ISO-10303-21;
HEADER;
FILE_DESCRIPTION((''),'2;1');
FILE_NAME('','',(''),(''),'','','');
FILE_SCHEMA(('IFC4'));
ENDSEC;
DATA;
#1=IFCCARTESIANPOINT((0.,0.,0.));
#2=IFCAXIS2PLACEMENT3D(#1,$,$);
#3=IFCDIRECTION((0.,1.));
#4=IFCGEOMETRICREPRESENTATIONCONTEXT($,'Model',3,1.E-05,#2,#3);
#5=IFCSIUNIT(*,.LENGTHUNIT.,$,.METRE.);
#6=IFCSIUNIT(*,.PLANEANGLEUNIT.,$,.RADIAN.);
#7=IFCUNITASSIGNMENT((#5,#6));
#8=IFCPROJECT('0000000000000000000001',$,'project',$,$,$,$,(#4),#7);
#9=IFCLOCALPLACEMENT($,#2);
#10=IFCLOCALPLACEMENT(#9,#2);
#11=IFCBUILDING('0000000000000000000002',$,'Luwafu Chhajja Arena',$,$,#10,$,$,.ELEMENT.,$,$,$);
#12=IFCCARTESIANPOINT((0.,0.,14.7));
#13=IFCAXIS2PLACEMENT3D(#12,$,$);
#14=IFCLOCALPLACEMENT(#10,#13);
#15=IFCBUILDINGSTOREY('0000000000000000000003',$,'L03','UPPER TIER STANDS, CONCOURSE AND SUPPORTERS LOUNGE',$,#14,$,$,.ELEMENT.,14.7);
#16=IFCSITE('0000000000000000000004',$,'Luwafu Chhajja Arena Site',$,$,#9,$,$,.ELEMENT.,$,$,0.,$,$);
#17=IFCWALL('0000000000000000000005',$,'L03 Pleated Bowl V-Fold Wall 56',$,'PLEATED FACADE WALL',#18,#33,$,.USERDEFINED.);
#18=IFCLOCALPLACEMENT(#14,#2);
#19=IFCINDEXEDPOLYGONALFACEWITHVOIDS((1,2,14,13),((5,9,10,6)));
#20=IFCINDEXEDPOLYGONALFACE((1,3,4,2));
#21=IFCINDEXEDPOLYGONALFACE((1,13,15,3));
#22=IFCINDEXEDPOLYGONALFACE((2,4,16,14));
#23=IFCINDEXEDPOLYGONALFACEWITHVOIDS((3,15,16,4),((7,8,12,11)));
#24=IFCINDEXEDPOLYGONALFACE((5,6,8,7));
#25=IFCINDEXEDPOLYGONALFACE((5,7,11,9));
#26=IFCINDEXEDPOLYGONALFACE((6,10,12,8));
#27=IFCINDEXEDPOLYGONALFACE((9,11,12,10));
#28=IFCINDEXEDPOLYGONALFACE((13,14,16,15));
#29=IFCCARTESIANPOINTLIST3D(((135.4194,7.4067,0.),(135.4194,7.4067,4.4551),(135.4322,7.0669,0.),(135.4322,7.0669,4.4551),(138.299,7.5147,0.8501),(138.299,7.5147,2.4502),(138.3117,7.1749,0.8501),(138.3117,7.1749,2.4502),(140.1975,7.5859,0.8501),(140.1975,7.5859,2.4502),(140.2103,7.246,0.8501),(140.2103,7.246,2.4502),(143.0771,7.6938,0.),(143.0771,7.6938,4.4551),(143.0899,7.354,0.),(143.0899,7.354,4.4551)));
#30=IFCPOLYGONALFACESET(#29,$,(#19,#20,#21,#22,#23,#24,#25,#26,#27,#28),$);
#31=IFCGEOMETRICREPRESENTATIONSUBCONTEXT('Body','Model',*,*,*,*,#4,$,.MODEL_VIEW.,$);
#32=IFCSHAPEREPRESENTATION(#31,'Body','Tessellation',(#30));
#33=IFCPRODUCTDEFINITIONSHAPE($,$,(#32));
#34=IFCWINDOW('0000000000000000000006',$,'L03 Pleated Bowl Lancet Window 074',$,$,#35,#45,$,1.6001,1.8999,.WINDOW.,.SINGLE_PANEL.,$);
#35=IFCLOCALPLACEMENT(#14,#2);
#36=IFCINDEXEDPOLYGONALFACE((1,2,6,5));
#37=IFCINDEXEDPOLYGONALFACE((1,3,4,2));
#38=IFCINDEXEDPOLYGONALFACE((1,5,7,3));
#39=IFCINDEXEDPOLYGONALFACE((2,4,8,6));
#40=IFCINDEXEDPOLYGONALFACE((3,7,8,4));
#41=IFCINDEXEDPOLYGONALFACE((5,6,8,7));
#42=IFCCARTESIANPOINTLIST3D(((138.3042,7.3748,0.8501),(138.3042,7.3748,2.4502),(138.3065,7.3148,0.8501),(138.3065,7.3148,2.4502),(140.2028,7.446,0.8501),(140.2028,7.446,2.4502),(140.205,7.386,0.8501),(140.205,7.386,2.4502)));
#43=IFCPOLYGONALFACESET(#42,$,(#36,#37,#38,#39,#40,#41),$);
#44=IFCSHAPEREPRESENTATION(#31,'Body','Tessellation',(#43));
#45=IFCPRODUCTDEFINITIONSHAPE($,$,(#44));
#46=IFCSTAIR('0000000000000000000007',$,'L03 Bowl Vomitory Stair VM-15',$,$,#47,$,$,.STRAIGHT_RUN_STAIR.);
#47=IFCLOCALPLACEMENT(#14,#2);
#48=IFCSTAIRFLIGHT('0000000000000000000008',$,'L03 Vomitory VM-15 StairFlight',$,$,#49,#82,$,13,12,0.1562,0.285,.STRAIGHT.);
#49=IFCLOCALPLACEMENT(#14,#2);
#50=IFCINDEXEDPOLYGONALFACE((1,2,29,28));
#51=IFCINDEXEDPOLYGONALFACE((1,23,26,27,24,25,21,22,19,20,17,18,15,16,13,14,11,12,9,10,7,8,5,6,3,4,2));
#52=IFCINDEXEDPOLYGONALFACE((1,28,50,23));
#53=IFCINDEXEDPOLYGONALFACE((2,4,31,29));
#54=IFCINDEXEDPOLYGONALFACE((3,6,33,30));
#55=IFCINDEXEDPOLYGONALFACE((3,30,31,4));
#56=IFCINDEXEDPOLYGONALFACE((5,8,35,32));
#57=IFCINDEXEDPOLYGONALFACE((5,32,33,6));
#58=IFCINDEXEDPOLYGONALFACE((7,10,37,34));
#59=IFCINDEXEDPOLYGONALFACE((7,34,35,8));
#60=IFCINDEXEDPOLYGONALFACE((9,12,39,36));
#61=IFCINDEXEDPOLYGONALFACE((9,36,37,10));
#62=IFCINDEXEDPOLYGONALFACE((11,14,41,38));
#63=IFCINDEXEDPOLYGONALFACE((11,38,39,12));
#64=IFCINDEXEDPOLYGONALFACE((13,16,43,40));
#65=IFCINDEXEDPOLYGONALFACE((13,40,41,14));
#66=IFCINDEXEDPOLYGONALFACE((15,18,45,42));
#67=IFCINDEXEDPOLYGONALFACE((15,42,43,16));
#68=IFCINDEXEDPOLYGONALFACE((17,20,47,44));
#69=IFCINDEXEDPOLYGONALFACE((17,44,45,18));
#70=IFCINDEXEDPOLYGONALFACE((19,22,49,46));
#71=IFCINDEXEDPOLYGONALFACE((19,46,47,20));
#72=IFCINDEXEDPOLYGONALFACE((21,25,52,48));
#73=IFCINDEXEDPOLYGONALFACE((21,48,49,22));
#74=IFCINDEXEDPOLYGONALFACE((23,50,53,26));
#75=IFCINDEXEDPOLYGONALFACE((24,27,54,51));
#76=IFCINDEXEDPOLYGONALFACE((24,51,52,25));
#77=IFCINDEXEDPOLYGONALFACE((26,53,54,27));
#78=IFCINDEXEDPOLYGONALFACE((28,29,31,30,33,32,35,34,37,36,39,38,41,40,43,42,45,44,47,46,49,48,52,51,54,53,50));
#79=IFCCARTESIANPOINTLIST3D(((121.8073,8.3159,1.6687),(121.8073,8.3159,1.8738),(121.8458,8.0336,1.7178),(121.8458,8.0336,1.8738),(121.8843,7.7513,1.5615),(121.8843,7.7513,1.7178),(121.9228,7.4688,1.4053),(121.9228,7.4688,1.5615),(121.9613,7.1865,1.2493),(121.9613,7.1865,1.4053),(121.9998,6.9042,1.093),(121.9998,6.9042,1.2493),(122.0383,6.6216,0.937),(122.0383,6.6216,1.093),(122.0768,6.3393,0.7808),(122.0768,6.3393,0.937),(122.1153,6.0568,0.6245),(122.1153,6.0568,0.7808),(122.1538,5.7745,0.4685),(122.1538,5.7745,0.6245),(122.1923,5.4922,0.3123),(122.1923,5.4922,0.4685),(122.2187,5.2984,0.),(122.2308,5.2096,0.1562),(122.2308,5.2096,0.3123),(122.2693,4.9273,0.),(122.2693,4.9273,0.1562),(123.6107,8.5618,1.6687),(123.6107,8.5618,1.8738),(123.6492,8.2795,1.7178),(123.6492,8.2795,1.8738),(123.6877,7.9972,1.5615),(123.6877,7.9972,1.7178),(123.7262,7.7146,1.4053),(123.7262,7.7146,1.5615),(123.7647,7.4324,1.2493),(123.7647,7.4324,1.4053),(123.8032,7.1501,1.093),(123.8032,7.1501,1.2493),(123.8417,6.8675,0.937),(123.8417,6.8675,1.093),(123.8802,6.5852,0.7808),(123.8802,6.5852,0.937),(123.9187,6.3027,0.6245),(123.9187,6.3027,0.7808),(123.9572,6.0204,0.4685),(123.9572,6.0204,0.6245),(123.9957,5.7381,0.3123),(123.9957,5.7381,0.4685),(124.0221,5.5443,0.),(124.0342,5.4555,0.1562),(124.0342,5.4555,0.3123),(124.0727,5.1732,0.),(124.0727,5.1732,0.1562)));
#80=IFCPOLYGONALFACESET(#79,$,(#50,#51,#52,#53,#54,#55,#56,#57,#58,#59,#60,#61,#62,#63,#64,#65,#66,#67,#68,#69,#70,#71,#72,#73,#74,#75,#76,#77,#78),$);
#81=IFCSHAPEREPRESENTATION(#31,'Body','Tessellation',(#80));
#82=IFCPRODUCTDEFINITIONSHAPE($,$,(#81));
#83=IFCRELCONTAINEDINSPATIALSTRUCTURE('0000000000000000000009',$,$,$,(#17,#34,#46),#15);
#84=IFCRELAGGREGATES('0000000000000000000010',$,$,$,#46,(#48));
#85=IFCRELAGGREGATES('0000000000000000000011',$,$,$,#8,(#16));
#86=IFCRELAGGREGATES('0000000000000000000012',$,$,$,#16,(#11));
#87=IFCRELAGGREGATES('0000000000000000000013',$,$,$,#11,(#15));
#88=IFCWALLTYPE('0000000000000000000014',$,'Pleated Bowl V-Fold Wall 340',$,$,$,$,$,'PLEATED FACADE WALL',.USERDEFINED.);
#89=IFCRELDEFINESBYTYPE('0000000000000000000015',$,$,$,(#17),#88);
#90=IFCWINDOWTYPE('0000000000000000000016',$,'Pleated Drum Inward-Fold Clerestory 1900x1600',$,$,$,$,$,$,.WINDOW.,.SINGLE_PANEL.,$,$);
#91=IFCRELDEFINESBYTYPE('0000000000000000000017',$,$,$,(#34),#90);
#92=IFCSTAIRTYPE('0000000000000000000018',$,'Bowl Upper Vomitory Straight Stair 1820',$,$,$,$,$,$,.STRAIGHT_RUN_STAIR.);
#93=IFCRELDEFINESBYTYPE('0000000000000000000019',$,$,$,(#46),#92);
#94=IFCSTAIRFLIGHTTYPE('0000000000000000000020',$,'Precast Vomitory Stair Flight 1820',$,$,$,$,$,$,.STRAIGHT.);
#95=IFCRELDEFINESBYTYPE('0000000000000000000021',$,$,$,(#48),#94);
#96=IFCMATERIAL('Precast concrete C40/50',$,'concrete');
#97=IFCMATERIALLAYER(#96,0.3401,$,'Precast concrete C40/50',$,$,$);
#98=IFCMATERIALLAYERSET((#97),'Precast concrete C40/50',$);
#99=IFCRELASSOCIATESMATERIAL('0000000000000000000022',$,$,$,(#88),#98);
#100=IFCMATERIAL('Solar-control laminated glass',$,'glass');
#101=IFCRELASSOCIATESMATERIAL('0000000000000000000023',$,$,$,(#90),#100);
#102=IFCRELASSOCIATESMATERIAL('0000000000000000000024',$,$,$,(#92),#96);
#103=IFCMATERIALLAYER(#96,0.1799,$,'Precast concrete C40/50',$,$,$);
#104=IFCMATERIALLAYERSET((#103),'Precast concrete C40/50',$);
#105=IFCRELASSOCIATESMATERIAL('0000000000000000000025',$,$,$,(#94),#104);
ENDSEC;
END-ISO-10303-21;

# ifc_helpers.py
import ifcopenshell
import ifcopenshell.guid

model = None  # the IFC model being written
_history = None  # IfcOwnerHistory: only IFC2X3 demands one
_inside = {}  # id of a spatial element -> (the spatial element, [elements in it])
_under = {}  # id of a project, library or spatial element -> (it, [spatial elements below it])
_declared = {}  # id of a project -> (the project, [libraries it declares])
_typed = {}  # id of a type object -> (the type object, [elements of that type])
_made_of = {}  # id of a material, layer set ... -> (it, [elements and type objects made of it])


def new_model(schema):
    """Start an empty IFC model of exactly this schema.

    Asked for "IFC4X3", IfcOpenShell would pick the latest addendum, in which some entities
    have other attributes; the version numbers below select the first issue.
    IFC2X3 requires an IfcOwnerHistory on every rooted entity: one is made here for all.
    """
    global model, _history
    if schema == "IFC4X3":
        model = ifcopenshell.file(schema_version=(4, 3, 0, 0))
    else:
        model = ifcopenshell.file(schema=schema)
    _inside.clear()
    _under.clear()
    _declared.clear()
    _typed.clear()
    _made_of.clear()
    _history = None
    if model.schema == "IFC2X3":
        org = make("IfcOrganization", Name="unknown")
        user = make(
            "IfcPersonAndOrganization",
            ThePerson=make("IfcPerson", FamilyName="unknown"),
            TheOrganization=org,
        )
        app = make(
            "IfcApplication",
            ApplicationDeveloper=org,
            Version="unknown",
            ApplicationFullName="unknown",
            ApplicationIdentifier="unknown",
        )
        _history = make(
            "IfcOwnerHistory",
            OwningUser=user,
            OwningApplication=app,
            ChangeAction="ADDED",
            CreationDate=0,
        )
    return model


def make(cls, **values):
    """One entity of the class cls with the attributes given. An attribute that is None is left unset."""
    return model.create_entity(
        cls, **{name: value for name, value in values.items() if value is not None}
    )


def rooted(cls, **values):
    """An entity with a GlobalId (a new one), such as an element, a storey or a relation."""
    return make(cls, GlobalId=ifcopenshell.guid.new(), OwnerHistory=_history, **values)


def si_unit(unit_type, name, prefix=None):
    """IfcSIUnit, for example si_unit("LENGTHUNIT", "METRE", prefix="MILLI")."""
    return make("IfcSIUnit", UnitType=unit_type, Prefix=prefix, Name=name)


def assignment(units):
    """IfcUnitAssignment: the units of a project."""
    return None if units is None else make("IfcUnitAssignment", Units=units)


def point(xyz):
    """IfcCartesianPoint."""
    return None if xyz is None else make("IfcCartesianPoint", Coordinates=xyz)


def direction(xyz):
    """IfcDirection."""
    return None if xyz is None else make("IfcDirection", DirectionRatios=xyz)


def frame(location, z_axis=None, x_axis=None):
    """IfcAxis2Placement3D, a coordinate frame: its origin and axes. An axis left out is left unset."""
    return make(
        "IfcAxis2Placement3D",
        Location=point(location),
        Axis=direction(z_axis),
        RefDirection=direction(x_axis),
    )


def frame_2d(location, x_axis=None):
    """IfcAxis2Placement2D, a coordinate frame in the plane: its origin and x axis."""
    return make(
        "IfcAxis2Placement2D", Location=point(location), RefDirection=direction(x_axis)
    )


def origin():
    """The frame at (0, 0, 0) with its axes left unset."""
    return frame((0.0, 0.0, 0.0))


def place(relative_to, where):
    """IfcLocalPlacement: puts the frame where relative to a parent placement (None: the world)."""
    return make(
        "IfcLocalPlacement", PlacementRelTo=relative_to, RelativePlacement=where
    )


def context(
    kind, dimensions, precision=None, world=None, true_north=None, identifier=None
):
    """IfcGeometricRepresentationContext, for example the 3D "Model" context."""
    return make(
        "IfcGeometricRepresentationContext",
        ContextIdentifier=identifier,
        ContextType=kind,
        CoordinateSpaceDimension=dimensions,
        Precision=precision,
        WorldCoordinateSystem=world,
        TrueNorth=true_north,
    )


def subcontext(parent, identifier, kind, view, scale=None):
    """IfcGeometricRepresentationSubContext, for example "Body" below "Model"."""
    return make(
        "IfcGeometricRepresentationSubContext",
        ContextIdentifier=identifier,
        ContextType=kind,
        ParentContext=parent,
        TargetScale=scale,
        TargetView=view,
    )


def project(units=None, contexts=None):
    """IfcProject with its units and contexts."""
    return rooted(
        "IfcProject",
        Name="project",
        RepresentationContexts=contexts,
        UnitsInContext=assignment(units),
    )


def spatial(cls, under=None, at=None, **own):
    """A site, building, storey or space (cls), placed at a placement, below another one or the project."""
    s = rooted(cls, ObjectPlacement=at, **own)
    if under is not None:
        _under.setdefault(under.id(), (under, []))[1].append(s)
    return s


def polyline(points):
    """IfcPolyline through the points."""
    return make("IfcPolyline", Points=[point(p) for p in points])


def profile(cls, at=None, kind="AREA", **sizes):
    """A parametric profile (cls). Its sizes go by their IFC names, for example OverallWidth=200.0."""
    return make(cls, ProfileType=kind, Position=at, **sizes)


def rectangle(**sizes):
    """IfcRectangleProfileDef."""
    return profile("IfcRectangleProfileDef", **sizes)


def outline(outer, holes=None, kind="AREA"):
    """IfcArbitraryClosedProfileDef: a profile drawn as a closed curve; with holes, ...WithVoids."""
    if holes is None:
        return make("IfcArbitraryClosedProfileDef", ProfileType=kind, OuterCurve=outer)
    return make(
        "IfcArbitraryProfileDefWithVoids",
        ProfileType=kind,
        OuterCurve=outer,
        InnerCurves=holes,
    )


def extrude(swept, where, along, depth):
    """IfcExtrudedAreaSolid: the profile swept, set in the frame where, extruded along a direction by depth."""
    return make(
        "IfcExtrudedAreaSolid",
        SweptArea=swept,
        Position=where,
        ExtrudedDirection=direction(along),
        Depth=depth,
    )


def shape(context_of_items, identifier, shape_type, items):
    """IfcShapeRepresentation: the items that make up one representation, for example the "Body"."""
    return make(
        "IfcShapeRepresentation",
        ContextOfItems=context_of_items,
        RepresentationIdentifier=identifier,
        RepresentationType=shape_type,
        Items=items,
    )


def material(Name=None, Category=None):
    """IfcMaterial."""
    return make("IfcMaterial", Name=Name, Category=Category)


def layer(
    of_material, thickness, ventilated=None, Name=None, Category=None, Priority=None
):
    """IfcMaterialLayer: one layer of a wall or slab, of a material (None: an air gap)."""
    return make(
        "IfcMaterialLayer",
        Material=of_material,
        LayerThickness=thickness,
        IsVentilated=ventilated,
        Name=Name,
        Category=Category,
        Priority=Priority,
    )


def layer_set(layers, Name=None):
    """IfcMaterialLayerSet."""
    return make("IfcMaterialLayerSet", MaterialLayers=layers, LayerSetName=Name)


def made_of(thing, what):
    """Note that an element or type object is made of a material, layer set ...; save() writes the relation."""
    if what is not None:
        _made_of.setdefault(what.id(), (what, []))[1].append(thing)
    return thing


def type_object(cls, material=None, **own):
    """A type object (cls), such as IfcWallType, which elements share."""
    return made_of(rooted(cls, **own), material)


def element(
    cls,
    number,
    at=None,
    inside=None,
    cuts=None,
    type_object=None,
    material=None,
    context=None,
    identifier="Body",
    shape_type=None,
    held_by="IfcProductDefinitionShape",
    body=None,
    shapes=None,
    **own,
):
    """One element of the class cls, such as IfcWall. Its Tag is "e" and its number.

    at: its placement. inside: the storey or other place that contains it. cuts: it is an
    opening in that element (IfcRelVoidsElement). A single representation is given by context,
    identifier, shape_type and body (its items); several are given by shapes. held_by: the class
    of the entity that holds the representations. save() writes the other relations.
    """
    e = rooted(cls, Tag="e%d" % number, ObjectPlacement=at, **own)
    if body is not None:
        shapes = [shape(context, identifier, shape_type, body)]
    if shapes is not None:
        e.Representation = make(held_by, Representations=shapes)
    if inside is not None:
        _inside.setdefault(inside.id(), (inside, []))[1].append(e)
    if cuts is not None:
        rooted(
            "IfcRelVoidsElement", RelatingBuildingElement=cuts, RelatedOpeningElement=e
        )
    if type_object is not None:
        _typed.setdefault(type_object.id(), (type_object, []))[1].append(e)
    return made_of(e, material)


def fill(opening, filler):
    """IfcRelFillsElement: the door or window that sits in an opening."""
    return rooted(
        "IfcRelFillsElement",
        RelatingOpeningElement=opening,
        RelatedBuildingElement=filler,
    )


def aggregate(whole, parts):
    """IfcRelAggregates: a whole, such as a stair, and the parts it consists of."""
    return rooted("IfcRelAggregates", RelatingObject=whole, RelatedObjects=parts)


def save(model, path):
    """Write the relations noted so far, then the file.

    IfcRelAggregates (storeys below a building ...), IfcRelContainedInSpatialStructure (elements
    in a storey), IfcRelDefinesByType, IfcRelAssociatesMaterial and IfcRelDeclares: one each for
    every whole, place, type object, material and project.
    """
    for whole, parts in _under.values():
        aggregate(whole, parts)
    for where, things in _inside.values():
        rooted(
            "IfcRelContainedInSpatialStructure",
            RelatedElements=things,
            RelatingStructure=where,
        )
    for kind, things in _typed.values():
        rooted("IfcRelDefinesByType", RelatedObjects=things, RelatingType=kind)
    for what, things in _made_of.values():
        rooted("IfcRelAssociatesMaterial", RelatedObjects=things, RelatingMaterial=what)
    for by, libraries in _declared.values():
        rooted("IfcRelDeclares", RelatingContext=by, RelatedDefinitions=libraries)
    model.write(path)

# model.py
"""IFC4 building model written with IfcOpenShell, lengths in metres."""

from ifc_helpers import new_model, si_unit, direction, frame, frame_2d, origin, place, context, subcontext, project, spatial, polyline, rectangle, outline, extrude, material, layer, layer_set, type_object, element, fill, aggregate, save


model = new_model("IFC4")

# Units and contexts
model_context = context("Model", 3, precision=1e-05, world=origin(), true_north=direction((0.0, 1.0)))
body_context = subcontext(model_context, "Body", "Model", "MODEL_VIEW")
ifc_project = project(units=[si_unit("LENGTHUNIT", "METRE"), si_unit("PLANEANGLEUNIT", "RADIAN")], contexts=[model_context])

# Site, building, storey
site_placement = place(None, origin())
site = spatial("IfcSite", under=ifc_project, at=site_placement, Name="Luwafu Chhajja Arena Site", CompositionType="ELEMENT", RefElevation=0.0)
building_placement = place(site_placement, origin())
building = spatial("IfcBuilding", under=site, at=building_placement, Name="Luwafu Chhajja Arena", CompositionType="ELEMENT")
storey_placement = place(building_placement, frame((0.0, 0.0, 14.7)))
storey = spatial("IfcBuildingStorey", under=building, at=storey_placement, Name="L03", Description="UPPER TIER STANDS, CONCOURSE AND SUPPORTERS LOUNGE", CompositionType="ELEMENT", Elevation=14.7)

# Wall, opening, window
ifc_material_1 = material(Name="Precast concrete C40/50", Category="concrete")
ifc_layer_1 = layer(ifc_material_1, 0.3401, Name="Precast concrete C40/50")
ifc_layer_set_1 = layer_set([ifc_layer_1], Name="Precast concrete C40/50")
wall_type = type_object("IfcWallType", Name="Pleated Bowl V-Fold Wall 340", ElementType="PLEATED FACADE WALL", PredefinedType="USERDEFINED", material=ifc_layer_set_1)
ifc_material_2 = material(Name="Solar-control laminated glass", Category="glass")
window_type_1 = type_object("IfcWindowType", Name="Pleated Drum Inward-Fold Clerestory 1900x1600", PartitioningType="SINGLE_PANEL", PredefinedType="WINDOW", material=ifc_material_2)
wall_1_placement = place(storey_placement, frame((135.4258, 7.2368, 0.0), z_axis=(0.0, 0.0, 1.0), x_axis=(0.999298, 0.037467, 0.0)))
wall_1 = element("IfcWall", 1, at=wall_1_placement, inside=storey, type_object=wall_type, Name="L03 Pleated Bowl V-Fold Wall 56", ObjectType="PLEATED FACADE WALL", PredefinedType="USERDEFINED", context=body_context, shape_type="SweptSolid", body=[
    extrude(rectangle(XDim=7.6631, YDim=0.3401, at=frame_2d((3.8315, 0.0))), origin(), (0.0, 0.0, 1.0), 4.4551),
])
opening_1_placement = place(wall_1_placement, frame((2.8816, 0.0, 0.8501)))
opening_1 = element("IfcOpeningElement", 2, at=opening_1_placement, cuts=wall_1, PredefinedType="OPENING", context=body_context, shape_type="SweptSolid", body=[
    extrude(rectangle(XDim=1.8999, YDim=1.6001, at=frame_2d((0.95, 0.8))), frame((0.0, 0.1799, 0.0), z_axis=(0.0, -1.0, 0.0), x_axis=(1.0, 0.0, 0.0)), (0.0, 0.0, 1.0), 0.3601),
])
window_1_placement = place(opening_1_placement, origin())
window_1 = element("IfcWindow", 3, at=window_1_placement, inside=storey, type_object=window_type_1, Name="L03 Pleated Bowl Lancet Window 074", OverallHeight=1.6001, OverallWidth=1.8999, PartitioningType="SINGLE_PANEL", PredefinedType="WINDOW", context=body_context, shape_type="SweptSolid", body=[
    extrude(rectangle(XDim=1.8999, YDim=1.6001, at=frame_2d((0.95, 0.8))), frame((0.0, 0.03, 0.0), z_axis=(0.0, -1.0, 0.0), x_axis=(1.0, 0.0, 0.0)), (0.0, 0.0, 1.0), 0.0601),
])
fill(opening_1, window_1)

# Stair, stair flight
stair_type = type_object("IfcStairType", Name="Bowl Upper Vomitory Straight Stair 1820", PredefinedType="STRAIGHT_RUN_STAIR", material=ifc_material_1)
stair_placement = place(storey_placement, origin())
stair = element("IfcStair", 4, at=stair_placement, inside=storey, type_object=stair_type, Name="L03 Bowl Vomitory Stair VM-15", PredefinedType="STRAIGHT_RUN_STAIR")
ifc_layer_2 = layer(ifc_material_1, 0.1799, Name="Precast concrete C40/50")
ifc_layer_set_2 = layer_set([ifc_layer_2], Name="Precast concrete C40/50")
stair_flight_type = type_object("IfcStairFlightType", Name="Precast Vomitory Stair Flight 1820", PredefinedType="STRAIGHT", material=ifc_layer_set_2)
stair_flight_placement = place(storey_placement, frame((123.1711, 5.0503, 0.0), z_axis=(0.0, 0.0, 1.0), x_axis=(-0.135103, 0.990832, 0.0)))
stair_flight = element("IfcStairFlight", 5, at=stair_flight_placement, type_object=stair_flight_type, Name="L03 Vomitory VM-15 StairFlight", NumberOfRisers=13, NumberOfTreads=12, PredefinedType="STRAIGHT", RiserHeight=0.1562, TreadLength=0.285, context=body_context, shape_type="SweptSolid", body=[
    extrude(outline(polyline([(0.0, 0.0), (0.0, 0.1562), (0.2849, 0.1562), (0.2849, 0.3123), (0.5701, 0.3123), (0.5701, 0.4685), (0.855, 0.4685), (0.855, 0.6245), (1.1399, 0.6245), (1.1399, 0.7808), (1.425, 0.7808), (1.425, 0.937), (1.71, 0.937), (1.71, 1.093), (1.9951, 1.093), (1.9951, 1.2493), (2.28, 1.2493), (2.28, 1.4053), (2.5649, 1.4053), (2.5649, 1.5615), (2.8501, 1.5615), (2.8501, 1.7178), (3.135, 1.7178), (3.135, 1.8738), (3.4199, 1.8738), (3.4199, 2.03), (3.4199, 1.6687), (0.3745, 0.0), (0.0, 0.0)])), frame((0.0, 0.9102, 0.0), z_axis=(0.0, -1.0, 0.0), x_axis=(1.0, 0.0, 0.0)), (0.0, 0.0, 1.0), 1.8201),
])
aggregate(stair, [stair_flight])

save(model, "model.ifc")
